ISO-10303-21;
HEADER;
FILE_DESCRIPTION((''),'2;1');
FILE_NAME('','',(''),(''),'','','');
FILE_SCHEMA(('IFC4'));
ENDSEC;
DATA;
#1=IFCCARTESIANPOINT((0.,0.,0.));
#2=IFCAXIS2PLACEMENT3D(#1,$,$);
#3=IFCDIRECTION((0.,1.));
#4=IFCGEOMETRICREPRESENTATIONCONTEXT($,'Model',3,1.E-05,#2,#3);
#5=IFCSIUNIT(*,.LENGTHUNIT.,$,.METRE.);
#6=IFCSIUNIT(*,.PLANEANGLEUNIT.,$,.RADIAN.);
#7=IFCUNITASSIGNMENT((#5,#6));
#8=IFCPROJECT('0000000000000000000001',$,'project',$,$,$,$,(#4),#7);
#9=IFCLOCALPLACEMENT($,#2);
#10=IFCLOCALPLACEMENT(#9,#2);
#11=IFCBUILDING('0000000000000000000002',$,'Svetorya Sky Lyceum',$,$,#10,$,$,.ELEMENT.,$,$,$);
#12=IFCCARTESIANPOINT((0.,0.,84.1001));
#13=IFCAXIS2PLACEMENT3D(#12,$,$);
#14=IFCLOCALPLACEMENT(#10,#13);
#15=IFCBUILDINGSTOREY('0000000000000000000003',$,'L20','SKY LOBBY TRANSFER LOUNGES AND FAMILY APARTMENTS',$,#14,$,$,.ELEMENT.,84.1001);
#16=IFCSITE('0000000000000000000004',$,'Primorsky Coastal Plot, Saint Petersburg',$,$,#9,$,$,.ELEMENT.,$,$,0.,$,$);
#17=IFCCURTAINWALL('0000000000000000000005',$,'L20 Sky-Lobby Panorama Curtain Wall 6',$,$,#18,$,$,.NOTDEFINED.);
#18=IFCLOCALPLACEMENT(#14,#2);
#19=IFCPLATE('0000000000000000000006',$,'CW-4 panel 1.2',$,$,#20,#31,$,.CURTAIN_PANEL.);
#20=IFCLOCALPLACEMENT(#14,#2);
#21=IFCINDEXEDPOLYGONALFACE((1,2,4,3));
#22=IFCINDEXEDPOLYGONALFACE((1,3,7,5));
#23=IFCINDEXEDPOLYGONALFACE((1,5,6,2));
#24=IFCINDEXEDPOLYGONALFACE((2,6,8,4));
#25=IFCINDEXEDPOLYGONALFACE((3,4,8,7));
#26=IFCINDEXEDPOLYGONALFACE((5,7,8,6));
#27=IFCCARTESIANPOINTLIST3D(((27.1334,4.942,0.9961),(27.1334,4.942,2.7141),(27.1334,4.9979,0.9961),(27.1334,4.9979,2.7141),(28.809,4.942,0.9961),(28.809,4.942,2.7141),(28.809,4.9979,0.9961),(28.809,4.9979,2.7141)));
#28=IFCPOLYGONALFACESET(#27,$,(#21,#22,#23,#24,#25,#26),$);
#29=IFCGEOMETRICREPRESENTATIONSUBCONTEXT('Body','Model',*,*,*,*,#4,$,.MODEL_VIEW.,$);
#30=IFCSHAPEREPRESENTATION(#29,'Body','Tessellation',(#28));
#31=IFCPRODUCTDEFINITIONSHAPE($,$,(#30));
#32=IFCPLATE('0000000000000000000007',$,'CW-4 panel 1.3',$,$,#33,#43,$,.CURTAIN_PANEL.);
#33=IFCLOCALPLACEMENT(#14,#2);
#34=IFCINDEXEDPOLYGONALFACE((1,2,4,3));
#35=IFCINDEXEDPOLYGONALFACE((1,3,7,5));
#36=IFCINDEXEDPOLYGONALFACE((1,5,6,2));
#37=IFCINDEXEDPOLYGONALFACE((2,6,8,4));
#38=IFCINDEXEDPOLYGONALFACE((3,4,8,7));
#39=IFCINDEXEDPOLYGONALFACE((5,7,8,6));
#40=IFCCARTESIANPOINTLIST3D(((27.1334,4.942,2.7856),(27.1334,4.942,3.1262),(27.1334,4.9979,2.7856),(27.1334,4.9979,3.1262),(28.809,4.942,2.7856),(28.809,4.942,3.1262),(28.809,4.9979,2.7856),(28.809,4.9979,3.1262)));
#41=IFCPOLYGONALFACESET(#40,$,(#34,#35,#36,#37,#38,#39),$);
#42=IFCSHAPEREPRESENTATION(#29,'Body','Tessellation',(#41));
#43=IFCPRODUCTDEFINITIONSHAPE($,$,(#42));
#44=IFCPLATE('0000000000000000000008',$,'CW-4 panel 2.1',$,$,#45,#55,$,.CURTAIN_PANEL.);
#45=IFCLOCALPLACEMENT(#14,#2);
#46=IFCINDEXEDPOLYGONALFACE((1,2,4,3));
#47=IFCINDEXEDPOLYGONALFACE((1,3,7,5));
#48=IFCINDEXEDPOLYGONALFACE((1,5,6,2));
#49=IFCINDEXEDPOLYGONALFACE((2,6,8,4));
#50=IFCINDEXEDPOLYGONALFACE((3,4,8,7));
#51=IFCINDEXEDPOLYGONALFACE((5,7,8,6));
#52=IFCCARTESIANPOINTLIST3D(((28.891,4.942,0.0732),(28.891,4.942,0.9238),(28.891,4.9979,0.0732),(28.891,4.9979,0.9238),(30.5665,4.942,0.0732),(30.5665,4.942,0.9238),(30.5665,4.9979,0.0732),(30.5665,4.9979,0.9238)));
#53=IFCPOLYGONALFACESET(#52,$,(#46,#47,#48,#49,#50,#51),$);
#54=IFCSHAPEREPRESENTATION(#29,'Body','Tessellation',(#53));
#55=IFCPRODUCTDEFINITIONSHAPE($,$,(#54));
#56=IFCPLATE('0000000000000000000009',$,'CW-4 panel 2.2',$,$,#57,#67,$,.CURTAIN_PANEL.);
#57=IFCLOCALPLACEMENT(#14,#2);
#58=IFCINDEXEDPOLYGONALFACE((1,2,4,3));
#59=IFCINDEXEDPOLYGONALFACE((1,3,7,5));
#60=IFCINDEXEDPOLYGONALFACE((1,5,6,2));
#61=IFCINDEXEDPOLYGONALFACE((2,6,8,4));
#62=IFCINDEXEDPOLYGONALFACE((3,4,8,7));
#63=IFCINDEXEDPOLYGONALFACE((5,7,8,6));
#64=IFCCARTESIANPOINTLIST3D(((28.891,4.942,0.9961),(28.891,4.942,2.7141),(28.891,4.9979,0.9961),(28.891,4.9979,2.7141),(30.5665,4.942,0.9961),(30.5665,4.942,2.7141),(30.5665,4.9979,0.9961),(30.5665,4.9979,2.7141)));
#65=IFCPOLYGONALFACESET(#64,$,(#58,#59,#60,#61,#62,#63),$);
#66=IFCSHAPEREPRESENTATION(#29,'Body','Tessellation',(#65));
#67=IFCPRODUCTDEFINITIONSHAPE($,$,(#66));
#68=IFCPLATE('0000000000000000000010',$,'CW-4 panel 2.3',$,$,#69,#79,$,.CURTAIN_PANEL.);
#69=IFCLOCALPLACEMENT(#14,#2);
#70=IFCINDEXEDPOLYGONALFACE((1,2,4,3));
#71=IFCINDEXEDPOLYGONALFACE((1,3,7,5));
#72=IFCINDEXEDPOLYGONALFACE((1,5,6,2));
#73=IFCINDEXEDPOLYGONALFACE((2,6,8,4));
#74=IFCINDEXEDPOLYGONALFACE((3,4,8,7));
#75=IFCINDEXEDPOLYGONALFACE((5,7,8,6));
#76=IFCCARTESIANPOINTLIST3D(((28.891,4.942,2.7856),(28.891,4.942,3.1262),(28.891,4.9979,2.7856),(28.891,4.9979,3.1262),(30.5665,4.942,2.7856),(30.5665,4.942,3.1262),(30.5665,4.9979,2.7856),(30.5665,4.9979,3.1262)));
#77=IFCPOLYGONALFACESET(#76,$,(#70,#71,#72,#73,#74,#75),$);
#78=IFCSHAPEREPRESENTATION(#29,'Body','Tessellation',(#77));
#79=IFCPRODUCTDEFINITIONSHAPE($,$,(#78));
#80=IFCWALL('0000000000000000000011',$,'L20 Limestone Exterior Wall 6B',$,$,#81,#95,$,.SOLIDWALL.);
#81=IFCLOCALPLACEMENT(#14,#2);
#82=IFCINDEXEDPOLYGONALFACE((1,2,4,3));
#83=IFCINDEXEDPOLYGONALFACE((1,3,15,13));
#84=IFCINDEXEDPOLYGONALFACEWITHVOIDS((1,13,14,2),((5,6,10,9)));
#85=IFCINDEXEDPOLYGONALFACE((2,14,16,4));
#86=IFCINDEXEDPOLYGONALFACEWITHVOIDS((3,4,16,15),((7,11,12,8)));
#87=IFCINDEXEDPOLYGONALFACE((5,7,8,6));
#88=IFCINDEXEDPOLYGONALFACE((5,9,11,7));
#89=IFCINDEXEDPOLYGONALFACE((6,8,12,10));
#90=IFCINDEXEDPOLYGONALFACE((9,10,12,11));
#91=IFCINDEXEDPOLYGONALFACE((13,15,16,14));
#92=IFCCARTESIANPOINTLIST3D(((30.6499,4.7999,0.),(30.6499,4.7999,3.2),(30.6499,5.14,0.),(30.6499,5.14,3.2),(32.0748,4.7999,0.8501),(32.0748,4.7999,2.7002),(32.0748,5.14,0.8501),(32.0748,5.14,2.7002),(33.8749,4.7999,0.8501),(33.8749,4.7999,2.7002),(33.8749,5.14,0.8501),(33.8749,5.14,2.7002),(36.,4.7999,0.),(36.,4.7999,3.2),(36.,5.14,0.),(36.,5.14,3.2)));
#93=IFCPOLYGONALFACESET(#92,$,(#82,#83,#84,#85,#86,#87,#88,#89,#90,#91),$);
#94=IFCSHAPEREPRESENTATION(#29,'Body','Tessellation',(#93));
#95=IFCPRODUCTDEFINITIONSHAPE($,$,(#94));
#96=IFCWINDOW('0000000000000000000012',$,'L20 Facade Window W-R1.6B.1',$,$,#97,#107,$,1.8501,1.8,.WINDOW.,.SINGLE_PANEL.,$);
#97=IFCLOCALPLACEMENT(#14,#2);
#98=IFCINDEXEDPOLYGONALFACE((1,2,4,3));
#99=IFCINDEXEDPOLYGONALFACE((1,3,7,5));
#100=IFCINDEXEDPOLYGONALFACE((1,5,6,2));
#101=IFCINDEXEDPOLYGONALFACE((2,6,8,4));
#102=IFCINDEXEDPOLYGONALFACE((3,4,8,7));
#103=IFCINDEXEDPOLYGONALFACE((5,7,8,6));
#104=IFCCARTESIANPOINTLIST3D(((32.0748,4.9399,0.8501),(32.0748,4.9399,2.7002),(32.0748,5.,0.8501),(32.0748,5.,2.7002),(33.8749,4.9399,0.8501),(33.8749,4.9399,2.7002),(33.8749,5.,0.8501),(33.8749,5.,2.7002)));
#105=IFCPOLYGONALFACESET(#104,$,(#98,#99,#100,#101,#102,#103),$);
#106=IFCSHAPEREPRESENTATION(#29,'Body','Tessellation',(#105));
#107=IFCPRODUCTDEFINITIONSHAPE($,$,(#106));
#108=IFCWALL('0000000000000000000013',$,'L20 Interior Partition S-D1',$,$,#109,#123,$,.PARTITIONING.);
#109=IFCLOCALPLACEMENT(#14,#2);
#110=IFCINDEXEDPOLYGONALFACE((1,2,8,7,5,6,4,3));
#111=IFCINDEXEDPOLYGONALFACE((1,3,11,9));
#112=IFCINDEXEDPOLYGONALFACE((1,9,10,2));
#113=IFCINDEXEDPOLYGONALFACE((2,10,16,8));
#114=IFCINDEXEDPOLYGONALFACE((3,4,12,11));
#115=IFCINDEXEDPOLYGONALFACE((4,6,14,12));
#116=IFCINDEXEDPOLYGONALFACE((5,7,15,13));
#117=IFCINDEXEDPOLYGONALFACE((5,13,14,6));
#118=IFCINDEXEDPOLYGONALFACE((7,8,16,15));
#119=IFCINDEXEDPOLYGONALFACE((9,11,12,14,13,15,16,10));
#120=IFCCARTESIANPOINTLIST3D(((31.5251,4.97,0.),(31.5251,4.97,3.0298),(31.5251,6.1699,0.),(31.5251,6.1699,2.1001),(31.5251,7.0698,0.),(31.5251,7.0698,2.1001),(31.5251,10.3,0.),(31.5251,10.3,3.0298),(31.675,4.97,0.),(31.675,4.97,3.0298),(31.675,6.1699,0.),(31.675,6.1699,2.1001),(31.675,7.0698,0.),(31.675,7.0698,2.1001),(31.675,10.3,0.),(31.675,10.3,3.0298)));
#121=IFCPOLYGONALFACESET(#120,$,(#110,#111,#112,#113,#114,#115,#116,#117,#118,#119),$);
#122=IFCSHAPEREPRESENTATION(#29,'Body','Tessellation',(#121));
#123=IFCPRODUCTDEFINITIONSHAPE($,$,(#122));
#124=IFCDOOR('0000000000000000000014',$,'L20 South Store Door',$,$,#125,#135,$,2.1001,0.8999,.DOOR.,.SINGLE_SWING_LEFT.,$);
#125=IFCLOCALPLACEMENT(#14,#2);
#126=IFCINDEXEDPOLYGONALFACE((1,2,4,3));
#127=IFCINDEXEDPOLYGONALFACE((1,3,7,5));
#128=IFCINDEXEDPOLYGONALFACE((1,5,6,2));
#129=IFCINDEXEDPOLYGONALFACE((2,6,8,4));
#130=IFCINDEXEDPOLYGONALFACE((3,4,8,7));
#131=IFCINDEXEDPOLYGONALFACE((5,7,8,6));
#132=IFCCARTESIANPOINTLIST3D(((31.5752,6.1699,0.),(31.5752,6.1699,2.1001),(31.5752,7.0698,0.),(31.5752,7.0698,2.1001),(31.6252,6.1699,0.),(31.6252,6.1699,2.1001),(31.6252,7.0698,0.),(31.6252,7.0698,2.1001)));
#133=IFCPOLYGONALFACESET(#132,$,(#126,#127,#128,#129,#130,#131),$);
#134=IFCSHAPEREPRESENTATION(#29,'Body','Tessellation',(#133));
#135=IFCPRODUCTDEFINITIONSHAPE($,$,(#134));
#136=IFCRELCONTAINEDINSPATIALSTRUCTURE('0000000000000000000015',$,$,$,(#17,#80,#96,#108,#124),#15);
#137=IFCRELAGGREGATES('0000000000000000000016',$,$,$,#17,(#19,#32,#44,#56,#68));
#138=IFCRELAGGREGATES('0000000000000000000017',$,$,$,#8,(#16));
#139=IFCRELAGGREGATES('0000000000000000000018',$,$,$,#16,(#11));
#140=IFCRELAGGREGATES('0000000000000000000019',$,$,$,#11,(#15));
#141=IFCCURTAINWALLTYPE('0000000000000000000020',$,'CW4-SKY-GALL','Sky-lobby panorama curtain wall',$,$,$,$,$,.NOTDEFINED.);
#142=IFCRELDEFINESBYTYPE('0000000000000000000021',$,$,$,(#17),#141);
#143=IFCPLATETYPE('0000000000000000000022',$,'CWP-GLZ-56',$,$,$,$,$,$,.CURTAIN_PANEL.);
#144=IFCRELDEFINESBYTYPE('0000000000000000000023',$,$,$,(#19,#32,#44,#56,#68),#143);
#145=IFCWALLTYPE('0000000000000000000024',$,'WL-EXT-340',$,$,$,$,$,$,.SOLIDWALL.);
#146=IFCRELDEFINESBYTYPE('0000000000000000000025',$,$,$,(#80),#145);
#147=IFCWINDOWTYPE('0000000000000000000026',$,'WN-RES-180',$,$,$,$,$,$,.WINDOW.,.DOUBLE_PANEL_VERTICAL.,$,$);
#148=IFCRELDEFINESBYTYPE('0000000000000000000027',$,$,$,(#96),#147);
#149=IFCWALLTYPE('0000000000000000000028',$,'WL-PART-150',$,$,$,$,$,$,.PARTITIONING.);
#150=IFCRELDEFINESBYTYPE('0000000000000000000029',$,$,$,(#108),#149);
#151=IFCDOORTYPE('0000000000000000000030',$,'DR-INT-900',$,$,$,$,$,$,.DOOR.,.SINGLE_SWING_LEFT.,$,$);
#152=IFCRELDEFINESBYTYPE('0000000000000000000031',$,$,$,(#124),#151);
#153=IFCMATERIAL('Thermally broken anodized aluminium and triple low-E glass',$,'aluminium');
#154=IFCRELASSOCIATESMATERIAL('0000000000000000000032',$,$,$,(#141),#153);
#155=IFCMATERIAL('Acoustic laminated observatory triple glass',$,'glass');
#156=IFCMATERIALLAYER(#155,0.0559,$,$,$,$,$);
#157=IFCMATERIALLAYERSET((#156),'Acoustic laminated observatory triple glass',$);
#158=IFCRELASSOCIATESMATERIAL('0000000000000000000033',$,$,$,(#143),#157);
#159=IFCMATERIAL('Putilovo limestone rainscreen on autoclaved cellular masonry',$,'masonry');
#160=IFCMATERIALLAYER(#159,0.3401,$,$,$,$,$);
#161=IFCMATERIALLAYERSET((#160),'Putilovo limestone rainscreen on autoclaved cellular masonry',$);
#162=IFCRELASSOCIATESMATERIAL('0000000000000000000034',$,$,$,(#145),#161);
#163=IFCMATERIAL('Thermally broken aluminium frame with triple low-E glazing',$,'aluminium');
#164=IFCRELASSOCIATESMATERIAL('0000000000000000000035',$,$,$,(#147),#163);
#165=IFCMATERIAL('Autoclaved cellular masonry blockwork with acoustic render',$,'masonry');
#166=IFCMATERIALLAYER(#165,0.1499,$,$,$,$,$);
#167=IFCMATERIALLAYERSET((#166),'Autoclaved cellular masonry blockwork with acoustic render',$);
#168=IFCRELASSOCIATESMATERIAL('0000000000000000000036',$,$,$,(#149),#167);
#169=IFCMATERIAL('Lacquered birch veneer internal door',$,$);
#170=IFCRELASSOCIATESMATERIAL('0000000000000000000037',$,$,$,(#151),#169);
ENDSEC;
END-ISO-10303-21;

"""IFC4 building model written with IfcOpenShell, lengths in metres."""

from ifc_helpers import new_model, si_unit, direction, frame, frame_2d, origin, origin_2d, place, context, subcontext, project, spatial, rectangle, extrude, material, layer, layer_set, type_object, element, fill, aggregate, save


model = new_model("IFC4")

# Units and contexts
model_context = context("Model", 3, precision=1e-05, world=origin(), true_north=direction((0.0, 1.0)))
body_context = subcontext(model_context, "Body", "Model", "MODEL_VIEW")
ifc_project = project(units=[si_unit("LENGTHUNIT", "METRE"), si_unit("PLANEANGLEUNIT", "RADIAN")], contexts=[model_context])

# Site, building, storey
site_placement = place(None, origin())
site = spatial("IfcSite", under=ifc_project, at=site_placement, Name="Primorsky Coastal Plot, Saint Petersburg", CompositionType="ELEMENT", RefElevation=0.0)
building_placement = place(site_placement, origin())
building = spatial("IfcBuilding", under=site, at=building_placement, Name="Svetorya Sky Lyceum", CompositionType="ELEMENT")
storey_placement = place(building_placement, frame((0.0, 0.0, 84.1001)))
storey = spatial("IfcBuildingStorey", under=building, at=storey_placement, Name="L20", Description="SKY LOBBY TRANSFER LOUNGES AND FAMILY APARTMENTS", CompositionType="ELEMENT", Elevation=84.1001)

# Curtain wall, plates
ifc_material_1 = material(Name="Thermally broken anodized aluminium and triple low-E glass", Category="aluminium")
curtain_wall_type = type_object("IfcCurtainWallType", Name="CW4-SKY-GALL", Description="Sky-lobby panorama curtain wall", PredefinedType="NOTDEFINED", material=ifc_material_1)
curtain_wall_placement = place(storey_placement, origin())
curtain_wall = element("IfcCurtainWall", 1, at=curtain_wall_placement, inside=storey, type_object=curtain_wall_type, Name="L20 Sky-Lobby Panorama Curtain Wall 6", PredefinedType="NOTDEFINED")
ifc_material_2 = material(Name="Acoustic laminated observatory triple glass", Category="glass")
ifc_layer_1 = layer(ifc_material_2, 0.0559)
ifc_layer_set_1 = layer_set([ifc_layer_1], Name="Acoustic laminated observatory triple glass")
plate_type = type_object("IfcPlateType", Name="CWP-GLZ-56", PredefinedType="CURTAIN_PANEL", material=ifc_layer_set_1)
plate_1_placement = place(storey_placement, frame((27.9712, 4.97, 0.9961), z_axis=(0.0, 0.0, 1.0), x_axis=(1.0, 0.0, 0.0)))
plate_1 = element("IfcPlate", 2, at=plate_1_placement, type_object=plate_type, Name="CW-4 panel 1.2", PredefinedType="CURTAIN_PANEL", context=body_context, shape_type="SweptSolid", body=[
    extrude(rectangle(XDim=1.6755, YDim=0.0559, at=origin_2d()), origin(), (0.0, 0.0, 1.0), 1.718),
])
plate_2_placement = place(storey_placement, frame((27.9712, 4.97, 2.7856), z_axis=(0.0, 0.0, 1.0), x_axis=(1.0, 0.0, 0.0)))
plate_2 = element("IfcPlate", 3, at=plate_2_placement, type_object=plate_type, Name="CW-4 panel 1.3", PredefinedType="CURTAIN_PANEL", context=body_context, shape_type="SweptSolid", body=[
    extrude(rectangle(XDim=1.6755, YDim=0.0559, at=origin_2d()), origin(), (0.0, 0.0, 1.0), 0.3406),
])
plate_3_placement = place(storey_placement, frame((29.7288, 4.97, 0.0732), z_axis=(0.0, 0.0, 1.0), x_axis=(1.0, 0.0, 0.0)))
plate_3 = element("IfcPlate", 4, at=plate_3_placement, type_object=plate_type, Name="CW-4 panel 2.1", PredefinedType="CURTAIN_PANEL", context=body_context, shape_type="SweptSolid", body=[
    extrude(rectangle(XDim=1.6755, YDim=0.0559, at=origin_2d()), origin(), (0.0, 0.0, 1.0), 0.8506),
])
plate_4_placement = place(storey_placement, frame((29.7288, 4.97, 0.9961), z_axis=(0.0, 0.0, 1.0), x_axis=(1.0, 0.0, 0.0)))
plate_4 = element("IfcPlate", 5, at=plate_4_placement, type_object=plate_type, Name="CW-4 panel 2.2", PredefinedType="CURTAIN_PANEL", context=body_context, shape_type="SweptSolid", body=[
    extrude(rectangle(XDim=1.6755, YDim=0.0559, at=origin_2d()), origin(), (0.0, 0.0, 1.0), 1.718),
])
plate_5_placement = place(storey_placement, frame((29.7288, 4.97, 2.7856), z_axis=(0.0, 0.0, 1.0), x_axis=(1.0, 0.0, 0.0)))
plate_5 = element("IfcPlate", 6, at=plate_5_placement, type_object=plate_type, Name="CW-4 panel 2.3", PredefinedType="CURTAIN_PANEL", context=body_context, shape_type="SweptSolid", body=[
    extrude(rectangle(XDim=1.6755, YDim=0.0559, at=origin_2d()), origin(), (0.0, 0.0, 1.0), 0.3406),
])
aggregate(curtain_wall, [plate_1, plate_2, plate_3, plate_4, plate_5])

# Wall, opening, window
ifc_material_3 = material(Name="Putilovo limestone rainscreen on autoclaved cellular masonry", Category="masonry")
ifc_layer_2 = layer(ifc_material_3, 0.3401)
ifc_layer_set_2 = layer_set([ifc_layer_2], Name="Putilovo limestone rainscreen on autoclaved cellular masonry")
wall_type_1 = type_object("IfcWallType", Name="WL-EXT-340", PredefinedType="SOLIDWALL", material=ifc_layer_set_2)
wall_1_placement = place(storey_placement, frame((30.6499, 4.97, 0.0), z_axis=(0.0, 0.0, 1.0), x_axis=(1.0, 0.0, 0.0)))
wall_1 = element("IfcWall", 7, at=wall_1_placement, inside=storey, type_object=wall_type_1, Name="L20 Limestone Exterior Wall 6B", PredefinedType="SOLIDWALL", context=body_context, shape_type="SweptSolid", body=[
    extrude(rectangle(XDim=5.3501, YDim=0.3401, at=frame_2d((2.675, 0.0))), origin(), (0.0, 0.0, 1.0), 3.2),
])
opening_1_placement = place(wall_1_placement, frame((1.425, 0.0, 0.8501)))
opening_1 = element("IfcOpeningElement", 8, at=opening_1_placement, cuts=wall_1, PredefinedType="OPENING", context=body_context, shape_type="SweptSolid", body=[
    extrude(rectangle(XDim=1.8, YDim=1.8501, at=frame_2d((0.8999, 0.925))), frame((0.0, 0.1799, 0.0), z_axis=(0.0, -1.0, 0.0), x_axis=(1.0, 0.0, 0.0)), (0.0, 0.0, 1.0), 0.3601),
])
ifc_material_4 = material(Name="Thermally broken aluminium frame with triple low-E glazing", Category="aluminium")
window_type = type_object("IfcWindowType", Name="WN-RES-180", PartitioningType="DOUBLE_PANEL_VERTICAL", PredefinedType="WINDOW", material=ifc_material_4)
window_placement = place(opening_1_placement, origin())
window = element("IfcWindow", 9, at=window_placement, inside=storey, type_object=window_type, Name="L20 Facade Window W-R1.6B.1", OverallHeight=1.8501, OverallWidth=1.8, PartitioningType="SINGLE_PANEL", PredefinedType="WINDOW", context=body_context, shape_type="SweptSolid", body=[
    extrude(rectangle(XDim=1.8, YDim=1.8501, at=frame_2d((0.8999, 0.925))), frame((0.0, 0.03, 0.0), z_axis=(0.0, -1.0, 0.0), x_axis=(1.0, 0.0, 0.0)), (0.0, 0.0, 1.0), 0.0601),
])
fill(opening_1, window)

# Wall, opening, door
ifc_material_5 = material(Name="Autoclaved cellular masonry blockwork with acoustic render", Category="masonry")
ifc_layer_3 = layer(ifc_material_5, 0.1499)
ifc_layer_set_3 = layer_set([ifc_layer_3], Name="Autoclaved cellular masonry blockwork with acoustic render")
wall_type_2 = type_object("IfcWallType", Name="WL-PART-150", PredefinedType="PARTITIONING", material=ifc_layer_set_3)
wall_2_placement = place(storey_placement, frame((31.6001, 4.97, 0.0), z_axis=(0.0, 0.0, 1.0), x_axis=(0.0, 1.0, 0.0)))
wall_2 = element("IfcWall", 10, at=wall_2_placement, inside=storey, type_object=wall_type_2, Name="L20 Interior Partition S-D1", PredefinedType="PARTITIONING", context=body_context, shape_type="SweptSolid", body=[
    extrude(rectangle(XDim=5.3301, YDim=0.1499, at=frame_2d((2.665, 0.0))), origin(), (0.0, 0.0, 1.0), 3.0298),
])
opening_2_placement = place(wall_2_placement, frame((1.2, 0.0, 0.0)))
opening_2 = element("IfcOpeningElement", 11, at=opening_2_placement, cuts=wall_2, PredefinedType="OPENING", context=body_context, shape_type="SweptSolid", body=[
    extrude(rectangle(XDim=0.8999, YDim=2.1001, at=frame_2d((0.45, 1.05))), frame((0.0, 0.085, 0.0), z_axis=(0.0, -1.0, 0.0), x_axis=(1.0, 0.0, 0.0)), (0.0, 0.0, 1.0), 0.1699),
])
ifc_material_6 = material(Name="Lacquered birch veneer internal door")
door_type = type_object("IfcDoorType", Name="DR-INT-900", OperationType="SINGLE_SWING_LEFT", PredefinedType="DOOR", material=ifc_material_6)
door_placement = place(opening_2_placement, origin())
door = element("IfcDoor", 12, at=door_placement, inside=storey, type_object=door_type, Name="L20 South Store Door", OperationType="SINGLE_SWING_LEFT", OverallHeight=2.1001, OverallWidth=0.8999, PredefinedType="DOOR", context=body_context, shape_type="SweptSolid", body=[
    extrude(rectangle(XDim=0.8999, YDim=2.1001, at=frame_2d((0.45, 1.05))), frame((0.0, 0.0249, 0.0), z_axis=(0.0, -1.0, 0.0), x_axis=(1.0, 0.0, 0.0)), (0.0, 0.0, 1.0), 0.05),
])
fill(opening_2, door)

save(model, "model.ifc")
